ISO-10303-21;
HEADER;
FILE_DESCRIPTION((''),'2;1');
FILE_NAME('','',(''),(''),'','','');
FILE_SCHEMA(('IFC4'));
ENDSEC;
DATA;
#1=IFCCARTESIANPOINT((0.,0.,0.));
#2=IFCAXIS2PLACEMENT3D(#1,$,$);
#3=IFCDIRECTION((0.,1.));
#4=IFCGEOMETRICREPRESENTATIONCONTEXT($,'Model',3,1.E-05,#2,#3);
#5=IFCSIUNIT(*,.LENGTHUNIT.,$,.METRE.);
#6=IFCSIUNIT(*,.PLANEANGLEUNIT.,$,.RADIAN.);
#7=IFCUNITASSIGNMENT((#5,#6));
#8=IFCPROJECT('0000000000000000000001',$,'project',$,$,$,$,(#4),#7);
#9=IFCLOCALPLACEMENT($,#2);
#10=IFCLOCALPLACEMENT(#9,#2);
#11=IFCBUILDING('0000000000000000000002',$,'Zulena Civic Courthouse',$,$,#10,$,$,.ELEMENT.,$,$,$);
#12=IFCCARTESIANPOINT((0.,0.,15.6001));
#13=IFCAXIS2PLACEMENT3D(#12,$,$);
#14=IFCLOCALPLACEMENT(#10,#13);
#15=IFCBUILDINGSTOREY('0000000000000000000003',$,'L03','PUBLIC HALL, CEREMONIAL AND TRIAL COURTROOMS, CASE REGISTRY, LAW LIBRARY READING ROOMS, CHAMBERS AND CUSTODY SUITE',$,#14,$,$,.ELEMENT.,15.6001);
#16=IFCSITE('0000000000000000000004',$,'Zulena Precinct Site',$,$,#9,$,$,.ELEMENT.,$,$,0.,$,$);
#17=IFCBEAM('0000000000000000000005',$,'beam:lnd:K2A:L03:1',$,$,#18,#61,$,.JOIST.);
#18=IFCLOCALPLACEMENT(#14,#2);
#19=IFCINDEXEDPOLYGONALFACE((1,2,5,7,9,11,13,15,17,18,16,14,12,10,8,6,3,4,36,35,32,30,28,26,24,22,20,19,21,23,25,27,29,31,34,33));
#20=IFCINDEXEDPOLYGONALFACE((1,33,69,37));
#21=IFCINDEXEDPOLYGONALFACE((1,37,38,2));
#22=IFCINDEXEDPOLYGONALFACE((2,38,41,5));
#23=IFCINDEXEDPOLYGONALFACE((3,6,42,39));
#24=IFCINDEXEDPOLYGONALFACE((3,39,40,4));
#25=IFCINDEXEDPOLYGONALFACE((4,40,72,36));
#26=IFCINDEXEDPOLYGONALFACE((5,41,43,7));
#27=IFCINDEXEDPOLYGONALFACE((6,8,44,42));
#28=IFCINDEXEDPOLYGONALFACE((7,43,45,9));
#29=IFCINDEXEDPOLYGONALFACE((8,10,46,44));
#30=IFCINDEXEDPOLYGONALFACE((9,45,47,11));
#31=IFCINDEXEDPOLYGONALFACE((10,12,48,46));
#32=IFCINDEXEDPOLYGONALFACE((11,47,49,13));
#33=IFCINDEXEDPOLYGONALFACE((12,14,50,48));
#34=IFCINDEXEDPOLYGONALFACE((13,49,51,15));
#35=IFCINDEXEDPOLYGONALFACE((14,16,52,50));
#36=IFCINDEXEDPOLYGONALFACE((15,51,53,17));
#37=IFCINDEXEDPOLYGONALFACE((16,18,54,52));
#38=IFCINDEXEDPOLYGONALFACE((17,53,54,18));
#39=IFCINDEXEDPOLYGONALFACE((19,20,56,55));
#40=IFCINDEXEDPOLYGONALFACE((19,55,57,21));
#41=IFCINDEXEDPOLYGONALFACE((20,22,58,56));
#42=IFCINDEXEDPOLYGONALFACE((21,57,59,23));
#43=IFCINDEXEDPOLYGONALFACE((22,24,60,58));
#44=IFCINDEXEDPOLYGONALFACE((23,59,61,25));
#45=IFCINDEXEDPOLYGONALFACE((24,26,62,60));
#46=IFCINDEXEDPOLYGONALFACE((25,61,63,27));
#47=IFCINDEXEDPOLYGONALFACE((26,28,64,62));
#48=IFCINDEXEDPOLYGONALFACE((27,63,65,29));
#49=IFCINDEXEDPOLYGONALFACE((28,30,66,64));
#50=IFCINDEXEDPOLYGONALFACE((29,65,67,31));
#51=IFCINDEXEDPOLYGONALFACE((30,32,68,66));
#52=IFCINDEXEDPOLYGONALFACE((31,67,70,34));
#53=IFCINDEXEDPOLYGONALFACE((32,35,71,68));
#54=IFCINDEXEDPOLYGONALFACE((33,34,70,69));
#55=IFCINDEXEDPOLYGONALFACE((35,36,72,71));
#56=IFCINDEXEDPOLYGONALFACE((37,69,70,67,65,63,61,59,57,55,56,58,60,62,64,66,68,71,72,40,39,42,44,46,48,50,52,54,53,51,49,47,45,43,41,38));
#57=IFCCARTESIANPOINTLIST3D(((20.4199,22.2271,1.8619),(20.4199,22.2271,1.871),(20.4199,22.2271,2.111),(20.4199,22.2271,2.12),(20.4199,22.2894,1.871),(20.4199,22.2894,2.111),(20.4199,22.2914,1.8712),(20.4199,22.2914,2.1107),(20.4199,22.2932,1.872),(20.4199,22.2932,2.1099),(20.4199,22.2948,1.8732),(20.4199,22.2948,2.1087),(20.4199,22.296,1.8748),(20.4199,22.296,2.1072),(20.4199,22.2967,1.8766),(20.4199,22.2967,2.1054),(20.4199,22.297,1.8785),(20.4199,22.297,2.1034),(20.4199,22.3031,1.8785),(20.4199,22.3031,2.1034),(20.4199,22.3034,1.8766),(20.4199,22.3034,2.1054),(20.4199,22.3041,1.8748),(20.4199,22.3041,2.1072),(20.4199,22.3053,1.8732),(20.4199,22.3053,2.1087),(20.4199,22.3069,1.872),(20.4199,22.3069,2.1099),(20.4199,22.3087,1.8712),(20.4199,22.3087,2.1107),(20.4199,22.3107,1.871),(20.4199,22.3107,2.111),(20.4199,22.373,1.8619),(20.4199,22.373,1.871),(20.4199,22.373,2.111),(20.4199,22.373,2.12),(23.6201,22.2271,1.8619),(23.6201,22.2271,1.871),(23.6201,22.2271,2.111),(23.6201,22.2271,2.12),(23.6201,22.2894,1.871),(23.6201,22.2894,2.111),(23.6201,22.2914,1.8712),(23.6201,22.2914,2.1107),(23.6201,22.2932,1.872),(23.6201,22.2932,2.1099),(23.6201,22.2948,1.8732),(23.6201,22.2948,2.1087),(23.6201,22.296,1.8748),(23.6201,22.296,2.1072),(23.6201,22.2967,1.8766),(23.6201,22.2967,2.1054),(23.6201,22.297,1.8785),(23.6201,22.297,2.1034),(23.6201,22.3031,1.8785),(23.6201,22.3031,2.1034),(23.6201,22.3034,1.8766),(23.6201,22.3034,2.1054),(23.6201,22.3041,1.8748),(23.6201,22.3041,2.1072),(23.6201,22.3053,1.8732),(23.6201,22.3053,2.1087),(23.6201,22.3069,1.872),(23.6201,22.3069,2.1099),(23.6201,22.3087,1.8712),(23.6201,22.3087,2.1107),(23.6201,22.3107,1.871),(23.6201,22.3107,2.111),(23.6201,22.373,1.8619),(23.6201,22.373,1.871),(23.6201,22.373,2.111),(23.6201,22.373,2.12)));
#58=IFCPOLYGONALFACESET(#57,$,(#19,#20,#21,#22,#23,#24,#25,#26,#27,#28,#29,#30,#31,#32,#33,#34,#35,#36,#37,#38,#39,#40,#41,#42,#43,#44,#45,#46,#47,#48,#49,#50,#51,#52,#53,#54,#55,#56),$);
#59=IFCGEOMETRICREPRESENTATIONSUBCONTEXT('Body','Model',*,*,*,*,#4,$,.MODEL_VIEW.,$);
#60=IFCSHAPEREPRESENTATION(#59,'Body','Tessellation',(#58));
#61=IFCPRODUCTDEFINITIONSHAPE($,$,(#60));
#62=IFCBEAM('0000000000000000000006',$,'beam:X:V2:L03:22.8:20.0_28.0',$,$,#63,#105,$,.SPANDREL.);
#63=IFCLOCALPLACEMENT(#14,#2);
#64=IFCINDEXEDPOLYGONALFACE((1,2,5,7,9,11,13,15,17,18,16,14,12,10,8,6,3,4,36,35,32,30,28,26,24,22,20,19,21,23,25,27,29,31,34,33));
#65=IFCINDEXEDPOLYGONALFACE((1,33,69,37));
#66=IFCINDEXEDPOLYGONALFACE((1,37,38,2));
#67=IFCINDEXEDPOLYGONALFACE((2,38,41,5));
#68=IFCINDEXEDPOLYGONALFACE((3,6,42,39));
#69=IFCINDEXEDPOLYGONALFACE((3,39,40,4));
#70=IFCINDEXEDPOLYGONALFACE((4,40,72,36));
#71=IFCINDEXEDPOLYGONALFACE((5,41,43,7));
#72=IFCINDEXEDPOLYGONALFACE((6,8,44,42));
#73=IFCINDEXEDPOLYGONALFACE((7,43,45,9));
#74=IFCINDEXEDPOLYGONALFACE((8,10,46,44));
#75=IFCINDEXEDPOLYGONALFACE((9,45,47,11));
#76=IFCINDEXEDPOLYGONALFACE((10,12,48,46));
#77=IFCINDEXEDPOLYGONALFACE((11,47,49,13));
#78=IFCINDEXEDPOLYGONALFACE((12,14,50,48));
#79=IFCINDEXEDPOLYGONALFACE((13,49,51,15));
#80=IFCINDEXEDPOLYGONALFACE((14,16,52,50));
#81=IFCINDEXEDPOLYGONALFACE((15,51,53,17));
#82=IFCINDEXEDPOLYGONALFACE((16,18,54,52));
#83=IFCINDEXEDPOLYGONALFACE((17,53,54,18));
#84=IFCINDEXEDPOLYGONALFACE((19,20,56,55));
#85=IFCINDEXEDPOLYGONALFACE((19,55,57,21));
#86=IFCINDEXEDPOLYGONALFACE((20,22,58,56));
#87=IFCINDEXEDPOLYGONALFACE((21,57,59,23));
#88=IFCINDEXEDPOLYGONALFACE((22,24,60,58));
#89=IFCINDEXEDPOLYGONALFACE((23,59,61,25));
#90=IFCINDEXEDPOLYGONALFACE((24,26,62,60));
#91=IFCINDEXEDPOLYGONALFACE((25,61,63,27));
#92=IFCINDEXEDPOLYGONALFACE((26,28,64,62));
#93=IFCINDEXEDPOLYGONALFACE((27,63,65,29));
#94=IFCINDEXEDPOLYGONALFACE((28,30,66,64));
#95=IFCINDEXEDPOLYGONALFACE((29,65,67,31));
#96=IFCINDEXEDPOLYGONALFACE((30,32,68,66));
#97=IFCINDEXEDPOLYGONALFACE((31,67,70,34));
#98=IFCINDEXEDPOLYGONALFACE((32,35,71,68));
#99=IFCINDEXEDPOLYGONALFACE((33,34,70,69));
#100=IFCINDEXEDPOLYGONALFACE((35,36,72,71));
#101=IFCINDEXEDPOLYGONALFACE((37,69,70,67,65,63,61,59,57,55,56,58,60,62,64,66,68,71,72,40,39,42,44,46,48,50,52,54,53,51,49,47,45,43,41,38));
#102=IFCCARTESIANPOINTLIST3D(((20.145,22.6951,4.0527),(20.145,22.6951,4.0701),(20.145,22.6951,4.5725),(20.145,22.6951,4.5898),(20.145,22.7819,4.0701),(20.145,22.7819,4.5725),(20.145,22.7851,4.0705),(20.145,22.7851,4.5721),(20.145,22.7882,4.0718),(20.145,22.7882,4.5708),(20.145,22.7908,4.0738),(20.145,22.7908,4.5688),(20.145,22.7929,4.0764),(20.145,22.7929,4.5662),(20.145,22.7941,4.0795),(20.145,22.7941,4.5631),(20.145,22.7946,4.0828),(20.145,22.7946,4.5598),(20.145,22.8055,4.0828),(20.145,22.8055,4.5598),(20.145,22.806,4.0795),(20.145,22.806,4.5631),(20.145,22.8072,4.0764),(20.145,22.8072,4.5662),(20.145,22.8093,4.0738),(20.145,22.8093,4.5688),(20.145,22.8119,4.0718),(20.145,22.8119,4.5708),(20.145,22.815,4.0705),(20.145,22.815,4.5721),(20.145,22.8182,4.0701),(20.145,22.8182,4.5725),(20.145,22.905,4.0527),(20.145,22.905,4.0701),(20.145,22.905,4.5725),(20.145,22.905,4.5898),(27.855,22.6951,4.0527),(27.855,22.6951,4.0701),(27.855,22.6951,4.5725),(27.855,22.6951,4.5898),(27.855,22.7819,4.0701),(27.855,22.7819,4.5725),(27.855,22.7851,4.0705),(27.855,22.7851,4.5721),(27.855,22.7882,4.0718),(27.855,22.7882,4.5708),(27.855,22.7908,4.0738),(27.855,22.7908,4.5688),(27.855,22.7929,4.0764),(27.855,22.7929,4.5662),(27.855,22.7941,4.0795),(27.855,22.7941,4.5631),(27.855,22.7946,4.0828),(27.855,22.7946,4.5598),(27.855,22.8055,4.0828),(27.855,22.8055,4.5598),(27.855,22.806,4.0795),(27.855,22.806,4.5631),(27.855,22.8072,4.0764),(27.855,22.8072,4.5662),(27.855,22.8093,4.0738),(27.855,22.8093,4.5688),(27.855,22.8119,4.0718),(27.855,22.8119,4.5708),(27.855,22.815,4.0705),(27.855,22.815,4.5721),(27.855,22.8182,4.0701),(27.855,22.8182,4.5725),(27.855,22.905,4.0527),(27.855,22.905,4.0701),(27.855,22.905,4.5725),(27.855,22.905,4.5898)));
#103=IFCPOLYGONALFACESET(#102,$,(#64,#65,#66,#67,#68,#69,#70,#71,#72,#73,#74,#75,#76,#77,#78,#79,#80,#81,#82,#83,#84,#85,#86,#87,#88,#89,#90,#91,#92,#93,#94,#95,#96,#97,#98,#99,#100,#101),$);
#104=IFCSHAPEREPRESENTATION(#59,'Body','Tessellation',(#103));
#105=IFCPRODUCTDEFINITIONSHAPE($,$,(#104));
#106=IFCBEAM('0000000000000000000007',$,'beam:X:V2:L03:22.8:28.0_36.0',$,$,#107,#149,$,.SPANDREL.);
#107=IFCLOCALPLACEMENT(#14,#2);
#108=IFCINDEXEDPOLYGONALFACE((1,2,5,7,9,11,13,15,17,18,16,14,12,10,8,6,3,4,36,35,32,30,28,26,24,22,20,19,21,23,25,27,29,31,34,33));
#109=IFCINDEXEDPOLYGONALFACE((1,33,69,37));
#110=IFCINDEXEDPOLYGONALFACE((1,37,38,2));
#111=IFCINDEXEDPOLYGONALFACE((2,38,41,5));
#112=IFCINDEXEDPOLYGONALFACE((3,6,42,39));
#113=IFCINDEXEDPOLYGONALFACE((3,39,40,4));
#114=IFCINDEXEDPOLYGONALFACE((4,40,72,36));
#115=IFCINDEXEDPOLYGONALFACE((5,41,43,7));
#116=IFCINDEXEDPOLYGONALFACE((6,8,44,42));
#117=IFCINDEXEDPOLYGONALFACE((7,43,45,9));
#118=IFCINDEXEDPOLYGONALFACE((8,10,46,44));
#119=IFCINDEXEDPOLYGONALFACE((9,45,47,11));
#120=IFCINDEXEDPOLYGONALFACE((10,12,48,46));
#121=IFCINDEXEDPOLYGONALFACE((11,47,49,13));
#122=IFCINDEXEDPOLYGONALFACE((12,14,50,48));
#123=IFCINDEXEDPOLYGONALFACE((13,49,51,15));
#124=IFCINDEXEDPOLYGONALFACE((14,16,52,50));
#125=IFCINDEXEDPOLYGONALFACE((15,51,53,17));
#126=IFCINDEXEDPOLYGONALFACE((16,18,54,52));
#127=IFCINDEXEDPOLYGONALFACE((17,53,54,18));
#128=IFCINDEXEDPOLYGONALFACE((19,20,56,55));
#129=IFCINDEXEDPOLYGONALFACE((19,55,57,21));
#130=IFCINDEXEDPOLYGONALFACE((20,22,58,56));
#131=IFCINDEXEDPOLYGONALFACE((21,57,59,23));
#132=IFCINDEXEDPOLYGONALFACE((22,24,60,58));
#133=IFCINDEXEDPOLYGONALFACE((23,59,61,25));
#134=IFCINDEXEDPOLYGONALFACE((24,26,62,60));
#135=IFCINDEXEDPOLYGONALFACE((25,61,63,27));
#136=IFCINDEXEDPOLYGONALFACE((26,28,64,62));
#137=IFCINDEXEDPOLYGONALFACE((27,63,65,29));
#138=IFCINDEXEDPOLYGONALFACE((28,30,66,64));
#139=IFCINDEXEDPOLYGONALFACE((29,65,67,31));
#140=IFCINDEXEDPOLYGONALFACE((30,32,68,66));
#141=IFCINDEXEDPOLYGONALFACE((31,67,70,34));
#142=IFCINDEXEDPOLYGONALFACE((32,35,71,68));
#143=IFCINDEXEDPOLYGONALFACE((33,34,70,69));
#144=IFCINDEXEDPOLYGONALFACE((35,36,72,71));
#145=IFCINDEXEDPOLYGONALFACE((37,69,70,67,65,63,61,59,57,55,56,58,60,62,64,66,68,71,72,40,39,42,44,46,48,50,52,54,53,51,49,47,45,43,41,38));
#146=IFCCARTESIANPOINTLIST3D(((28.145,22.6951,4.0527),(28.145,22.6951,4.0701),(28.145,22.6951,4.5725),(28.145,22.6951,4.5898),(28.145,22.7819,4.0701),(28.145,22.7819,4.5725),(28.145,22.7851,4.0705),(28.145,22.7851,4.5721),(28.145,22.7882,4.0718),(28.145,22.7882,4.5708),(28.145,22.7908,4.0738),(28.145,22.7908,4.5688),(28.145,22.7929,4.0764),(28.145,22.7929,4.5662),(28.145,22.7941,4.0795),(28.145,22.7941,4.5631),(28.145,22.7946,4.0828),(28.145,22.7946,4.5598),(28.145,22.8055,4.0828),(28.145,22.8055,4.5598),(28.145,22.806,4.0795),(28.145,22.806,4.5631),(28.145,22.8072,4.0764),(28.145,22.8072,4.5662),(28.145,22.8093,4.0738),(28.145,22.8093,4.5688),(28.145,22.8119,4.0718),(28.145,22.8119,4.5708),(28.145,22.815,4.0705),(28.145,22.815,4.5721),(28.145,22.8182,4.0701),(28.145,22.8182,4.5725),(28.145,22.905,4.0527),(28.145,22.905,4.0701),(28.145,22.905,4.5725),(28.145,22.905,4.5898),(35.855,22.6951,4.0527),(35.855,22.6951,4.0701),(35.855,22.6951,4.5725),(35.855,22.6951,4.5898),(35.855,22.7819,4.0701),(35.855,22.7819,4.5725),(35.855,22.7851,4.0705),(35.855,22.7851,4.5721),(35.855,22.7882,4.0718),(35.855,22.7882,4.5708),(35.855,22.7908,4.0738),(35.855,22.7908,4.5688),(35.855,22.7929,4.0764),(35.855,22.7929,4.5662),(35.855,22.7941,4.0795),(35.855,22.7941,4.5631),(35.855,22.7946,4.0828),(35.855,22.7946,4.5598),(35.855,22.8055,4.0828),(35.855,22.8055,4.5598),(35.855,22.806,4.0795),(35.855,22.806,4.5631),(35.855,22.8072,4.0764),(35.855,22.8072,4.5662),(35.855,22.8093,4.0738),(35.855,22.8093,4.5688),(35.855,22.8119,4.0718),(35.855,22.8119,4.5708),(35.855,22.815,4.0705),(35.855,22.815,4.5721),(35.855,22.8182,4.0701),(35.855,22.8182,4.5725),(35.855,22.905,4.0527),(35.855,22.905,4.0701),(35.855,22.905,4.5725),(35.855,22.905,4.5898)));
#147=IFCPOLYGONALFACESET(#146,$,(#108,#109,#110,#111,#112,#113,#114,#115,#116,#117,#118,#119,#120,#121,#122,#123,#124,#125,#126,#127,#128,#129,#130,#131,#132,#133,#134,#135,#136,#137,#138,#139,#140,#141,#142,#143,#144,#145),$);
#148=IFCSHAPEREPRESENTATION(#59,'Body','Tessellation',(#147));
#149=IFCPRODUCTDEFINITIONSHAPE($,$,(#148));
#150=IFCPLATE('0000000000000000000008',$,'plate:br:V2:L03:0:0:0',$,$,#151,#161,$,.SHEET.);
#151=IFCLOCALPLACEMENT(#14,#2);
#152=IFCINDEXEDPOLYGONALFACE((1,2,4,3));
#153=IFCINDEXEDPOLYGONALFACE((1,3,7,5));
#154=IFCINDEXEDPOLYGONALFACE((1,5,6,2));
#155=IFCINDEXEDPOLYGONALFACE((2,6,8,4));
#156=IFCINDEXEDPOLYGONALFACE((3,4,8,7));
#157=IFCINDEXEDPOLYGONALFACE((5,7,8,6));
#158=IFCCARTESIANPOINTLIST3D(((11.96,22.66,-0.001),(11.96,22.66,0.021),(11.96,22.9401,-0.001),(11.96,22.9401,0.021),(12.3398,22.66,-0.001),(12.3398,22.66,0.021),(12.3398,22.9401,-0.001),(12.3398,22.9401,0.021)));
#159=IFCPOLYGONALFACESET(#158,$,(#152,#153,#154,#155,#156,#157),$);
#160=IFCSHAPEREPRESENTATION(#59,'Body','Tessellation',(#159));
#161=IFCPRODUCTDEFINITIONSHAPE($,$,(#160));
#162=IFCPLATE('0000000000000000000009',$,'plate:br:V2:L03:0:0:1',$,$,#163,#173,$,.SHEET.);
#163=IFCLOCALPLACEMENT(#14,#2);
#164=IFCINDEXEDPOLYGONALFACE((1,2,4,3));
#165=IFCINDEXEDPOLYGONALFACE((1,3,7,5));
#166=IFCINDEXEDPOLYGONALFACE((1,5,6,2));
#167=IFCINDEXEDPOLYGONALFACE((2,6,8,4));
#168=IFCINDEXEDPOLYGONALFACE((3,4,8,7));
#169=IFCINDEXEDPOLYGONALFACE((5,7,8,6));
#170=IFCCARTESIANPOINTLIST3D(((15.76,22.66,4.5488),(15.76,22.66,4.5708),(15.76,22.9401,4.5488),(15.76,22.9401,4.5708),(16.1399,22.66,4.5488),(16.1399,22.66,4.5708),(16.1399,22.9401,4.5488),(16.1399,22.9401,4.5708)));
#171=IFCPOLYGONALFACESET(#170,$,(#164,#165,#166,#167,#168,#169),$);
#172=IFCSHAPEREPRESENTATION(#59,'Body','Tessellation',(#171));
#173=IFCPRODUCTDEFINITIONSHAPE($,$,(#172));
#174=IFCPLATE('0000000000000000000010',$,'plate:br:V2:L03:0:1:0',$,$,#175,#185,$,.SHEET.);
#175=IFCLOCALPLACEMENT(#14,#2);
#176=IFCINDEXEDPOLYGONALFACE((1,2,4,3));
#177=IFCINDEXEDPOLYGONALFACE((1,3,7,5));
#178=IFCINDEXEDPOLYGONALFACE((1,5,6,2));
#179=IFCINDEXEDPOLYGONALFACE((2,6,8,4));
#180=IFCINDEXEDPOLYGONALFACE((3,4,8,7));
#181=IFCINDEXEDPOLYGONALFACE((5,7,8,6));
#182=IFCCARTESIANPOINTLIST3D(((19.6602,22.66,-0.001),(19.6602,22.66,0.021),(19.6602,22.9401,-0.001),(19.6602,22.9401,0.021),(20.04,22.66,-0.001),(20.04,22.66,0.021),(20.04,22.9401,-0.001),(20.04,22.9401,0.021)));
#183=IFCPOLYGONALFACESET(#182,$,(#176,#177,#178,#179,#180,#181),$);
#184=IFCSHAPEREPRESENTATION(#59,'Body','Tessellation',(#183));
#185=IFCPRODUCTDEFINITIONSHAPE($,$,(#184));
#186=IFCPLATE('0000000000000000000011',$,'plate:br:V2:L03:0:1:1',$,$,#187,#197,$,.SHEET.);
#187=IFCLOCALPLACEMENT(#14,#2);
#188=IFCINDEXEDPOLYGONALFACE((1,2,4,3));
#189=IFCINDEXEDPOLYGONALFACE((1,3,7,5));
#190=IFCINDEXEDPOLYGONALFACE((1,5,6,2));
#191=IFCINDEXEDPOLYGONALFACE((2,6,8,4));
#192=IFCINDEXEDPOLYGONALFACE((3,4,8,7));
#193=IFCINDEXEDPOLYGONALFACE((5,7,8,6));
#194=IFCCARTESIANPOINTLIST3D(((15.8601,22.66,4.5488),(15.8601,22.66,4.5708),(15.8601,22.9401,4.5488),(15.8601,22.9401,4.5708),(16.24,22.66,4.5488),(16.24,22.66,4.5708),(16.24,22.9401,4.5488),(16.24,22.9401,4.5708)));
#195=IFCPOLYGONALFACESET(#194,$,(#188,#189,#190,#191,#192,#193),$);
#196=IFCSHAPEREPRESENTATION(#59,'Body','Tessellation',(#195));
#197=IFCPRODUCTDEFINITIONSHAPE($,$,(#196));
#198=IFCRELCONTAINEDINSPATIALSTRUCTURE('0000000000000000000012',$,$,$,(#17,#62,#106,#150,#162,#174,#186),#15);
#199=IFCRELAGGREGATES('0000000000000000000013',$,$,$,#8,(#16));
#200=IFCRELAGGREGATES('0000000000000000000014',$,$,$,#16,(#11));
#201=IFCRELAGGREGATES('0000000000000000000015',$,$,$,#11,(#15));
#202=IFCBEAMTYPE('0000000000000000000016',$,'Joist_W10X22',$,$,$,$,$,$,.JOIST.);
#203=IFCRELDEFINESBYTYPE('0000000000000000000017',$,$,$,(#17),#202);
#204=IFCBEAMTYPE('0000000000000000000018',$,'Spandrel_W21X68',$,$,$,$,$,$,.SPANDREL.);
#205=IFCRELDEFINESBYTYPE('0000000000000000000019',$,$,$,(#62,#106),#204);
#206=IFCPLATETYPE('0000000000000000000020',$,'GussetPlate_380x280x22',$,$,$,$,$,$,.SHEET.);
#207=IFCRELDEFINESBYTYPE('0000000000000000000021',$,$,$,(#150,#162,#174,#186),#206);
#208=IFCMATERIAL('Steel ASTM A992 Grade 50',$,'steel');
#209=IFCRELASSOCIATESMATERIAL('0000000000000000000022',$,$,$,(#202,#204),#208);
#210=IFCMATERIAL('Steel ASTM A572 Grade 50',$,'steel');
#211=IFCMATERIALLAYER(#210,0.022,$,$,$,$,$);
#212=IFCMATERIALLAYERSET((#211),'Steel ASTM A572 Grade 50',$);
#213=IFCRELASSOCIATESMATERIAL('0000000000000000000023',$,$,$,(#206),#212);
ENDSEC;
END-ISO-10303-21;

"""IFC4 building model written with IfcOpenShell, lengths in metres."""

from ifc_helpers import new_model, si_unit, direction, frame, origin, origin_2d, place, context, subcontext, project, spatial, rectangle, i_section, extrude, material, layer, layer_set, material_profile, profile_set, type_object, element, save


model = new_model("IFC4")

# Units and contexts
model_context = context("Model", 3, precision=1e-05, world=origin(), true_north=direction((0.0, 1.0)))
body_context = subcontext(model_context, "Body", "Model", "MODEL_VIEW")
ifc_project = project(units=[si_unit("LENGTHUNIT", "METRE"), si_unit("PLANEANGLEUNIT", "RADIAN")], contexts=[model_context])

# Site, building, storey
site_placement = place(None, origin())
site = spatial("IfcSite", under=ifc_project, at=site_placement, Name="Zulena Precinct Site", CompositionType="ELEMENT", RefElevation=0.0)
building_placement = place(site_placement, origin())
building = spatial("IfcBuilding", under=site, at=building_placement, Name="Zulena Civic Courthouse", CompositionType="ELEMENT")
storey_placement = place(building_placement, frame((0.0, 0.0, 15.6001)))
storey = spatial("IfcBuildingStorey", under=building, at=storey_placement, Name="L03", Description="PUBLIC HALL, CEREMONIAL AND TRIAL COURTROOMS, CASE REGISTRY, LAW LIBRARY READING ROOMS, CHAMBERS AND CUSTODY SUITE", CompositionType="ELEMENT", Elevation=15.6001)

# Shared definitions
ifc_material_1 = material(Name="Steel ASTM A992 Grade 50", Category="steel")

# Beams
ifc_material_profile_1 = material_profile(ifc_material_1, i_section(OverallWidth=0.146, OverallDepth=0.2581, WebThickness=0.0061, FlangeThickness=0.009, FilletRadius=0.0076, at=origin_2d()), Name="W10X22")
ifc_profile_set_1 = profile_set([ifc_material_profile_1], Name="Steel ASTM A992 Grade 50")
beam_type_1 = type_object("IfcBeamType", Name="Joist_W10X22", PredefinedType="JOIST", material=ifc_profile_set_1)
for number, where, z_axis, x_axis, name in (
    (1, (20.4199, 22.3, 1.991), (1.0, 0.0, 0.0), (0.0, 1.0, 0.0), "beam:lnd:K2A:L03:1"),
):
    element("IfcBeam", number, at=place(storey_placement, frame(where, z_axis=z_axis, x_axis=x_axis)), inside=storey, type_object=beam_type_1, Name=name, PredefinedType="JOIST", context=body_context, shape_type="SweptSolid", body=[
        extrude(i_section(OverallWidth=0.146, OverallDepth=0.2581, WebThickness=0.0061, FlangeThickness=0.009, FilletRadius=0.0076, at=origin_2d()), origin(), (0.0, 0.0, 1.0), 3.2002),
    ])
ifc_material_profile_2 = material_profile(ifc_material_1, i_section(OverallWidth=0.21, OverallDepth=0.5371, WebThickness=0.011, FlangeThickness=0.0173, FilletRadius=0.0127, at=origin_2d()), Name="W21X68")
ifc_profile_set_2 = profile_set([ifc_material_profile_2], Name="Steel ASTM A992 Grade 50")
beam_type_2 = type_object("IfcBeamType", Name="Spandrel_W21X68", PredefinedType="SPANDREL", material=ifc_profile_set_2)
for number, where, z_axis, x_axis, name in (
    (2, (20.145, 22.8, 4.3213), (1.0, 0.0, 0.0), (0.0, 1.0, 0.0), "beam:X:V2:L03:22.8:20.0_28.0"),
    (3, (28.145, 22.8, 4.3213), (1.0, 0.0, 0.0), (0.0, 1.0, 0.0), "beam:X:V2:L03:22.8:28.0_36.0"),
):
    element("IfcBeam", number, at=place(storey_placement, frame(where, z_axis=z_axis, x_axis=x_axis)), inside=storey, type_object=beam_type_2, Name=name, PredefinedType="SPANDREL", context=body_context, shape_type="SweptSolid", body=[
        extrude(i_section(OverallWidth=0.21, OverallDepth=0.5371, WebThickness=0.011, FlangeThickness=0.0173, FilletRadius=0.0127, at=origin_2d()), origin(), (0.0, 0.0, 1.0), 7.71),
    ])

# Plates
ifc_material_2 = material(Name="Steel ASTM A572 Grade 50", Category="steel")
ifc_layer_1 = layer(ifc_material_2, 0.022)
ifc_layer_set_1 = layer_set([ifc_layer_1], Name="Steel ASTM A572 Grade 50")
plate_type = type_object("IfcPlateType", Name="GussetPlate_380x280x22", PredefinedType="SHEET", material=ifc_layer_set_1)
for number, where, z_axis, x_axis, name in (
    (4, (12.1499, 22.8, -0.001), (0.0, 0.0, 1.0), (1.0, 0.0, 0.0), "plate:br:V2:L03:0:0:0"),
    (5, (15.95, 22.8, 4.5488), (0.0, 0.0, 1.0), (1.0, 0.0, 0.0), "plate:br:V2:L03:0:0:1"),
    (6, (19.8501, 22.8, -0.001), (0.0, 0.0, 1.0), (1.0, 0.0, 0.0), "plate:br:V2:L03:0:1:0"),
    (7, (16.05, 22.8, 4.5488), (0.0, 0.0, 1.0), (1.0, 0.0, 0.0), "plate:br:V2:L03:0:1:1"),
):
    element("IfcPlate", number, at=place(storey_placement, frame(where, z_axis=z_axis, x_axis=x_axis)), inside=storey, type_object=plate_type, Name=name, PredefinedType="SHEET", context=body_context, shape_type="SweptSolid", body=[
        extrude(rectangle(XDim=0.3799, YDim=0.28, at=origin_2d()), origin(), (0.0, 0.0, 1.0), 0.022),
    ])

save(model, "model.ifc")
